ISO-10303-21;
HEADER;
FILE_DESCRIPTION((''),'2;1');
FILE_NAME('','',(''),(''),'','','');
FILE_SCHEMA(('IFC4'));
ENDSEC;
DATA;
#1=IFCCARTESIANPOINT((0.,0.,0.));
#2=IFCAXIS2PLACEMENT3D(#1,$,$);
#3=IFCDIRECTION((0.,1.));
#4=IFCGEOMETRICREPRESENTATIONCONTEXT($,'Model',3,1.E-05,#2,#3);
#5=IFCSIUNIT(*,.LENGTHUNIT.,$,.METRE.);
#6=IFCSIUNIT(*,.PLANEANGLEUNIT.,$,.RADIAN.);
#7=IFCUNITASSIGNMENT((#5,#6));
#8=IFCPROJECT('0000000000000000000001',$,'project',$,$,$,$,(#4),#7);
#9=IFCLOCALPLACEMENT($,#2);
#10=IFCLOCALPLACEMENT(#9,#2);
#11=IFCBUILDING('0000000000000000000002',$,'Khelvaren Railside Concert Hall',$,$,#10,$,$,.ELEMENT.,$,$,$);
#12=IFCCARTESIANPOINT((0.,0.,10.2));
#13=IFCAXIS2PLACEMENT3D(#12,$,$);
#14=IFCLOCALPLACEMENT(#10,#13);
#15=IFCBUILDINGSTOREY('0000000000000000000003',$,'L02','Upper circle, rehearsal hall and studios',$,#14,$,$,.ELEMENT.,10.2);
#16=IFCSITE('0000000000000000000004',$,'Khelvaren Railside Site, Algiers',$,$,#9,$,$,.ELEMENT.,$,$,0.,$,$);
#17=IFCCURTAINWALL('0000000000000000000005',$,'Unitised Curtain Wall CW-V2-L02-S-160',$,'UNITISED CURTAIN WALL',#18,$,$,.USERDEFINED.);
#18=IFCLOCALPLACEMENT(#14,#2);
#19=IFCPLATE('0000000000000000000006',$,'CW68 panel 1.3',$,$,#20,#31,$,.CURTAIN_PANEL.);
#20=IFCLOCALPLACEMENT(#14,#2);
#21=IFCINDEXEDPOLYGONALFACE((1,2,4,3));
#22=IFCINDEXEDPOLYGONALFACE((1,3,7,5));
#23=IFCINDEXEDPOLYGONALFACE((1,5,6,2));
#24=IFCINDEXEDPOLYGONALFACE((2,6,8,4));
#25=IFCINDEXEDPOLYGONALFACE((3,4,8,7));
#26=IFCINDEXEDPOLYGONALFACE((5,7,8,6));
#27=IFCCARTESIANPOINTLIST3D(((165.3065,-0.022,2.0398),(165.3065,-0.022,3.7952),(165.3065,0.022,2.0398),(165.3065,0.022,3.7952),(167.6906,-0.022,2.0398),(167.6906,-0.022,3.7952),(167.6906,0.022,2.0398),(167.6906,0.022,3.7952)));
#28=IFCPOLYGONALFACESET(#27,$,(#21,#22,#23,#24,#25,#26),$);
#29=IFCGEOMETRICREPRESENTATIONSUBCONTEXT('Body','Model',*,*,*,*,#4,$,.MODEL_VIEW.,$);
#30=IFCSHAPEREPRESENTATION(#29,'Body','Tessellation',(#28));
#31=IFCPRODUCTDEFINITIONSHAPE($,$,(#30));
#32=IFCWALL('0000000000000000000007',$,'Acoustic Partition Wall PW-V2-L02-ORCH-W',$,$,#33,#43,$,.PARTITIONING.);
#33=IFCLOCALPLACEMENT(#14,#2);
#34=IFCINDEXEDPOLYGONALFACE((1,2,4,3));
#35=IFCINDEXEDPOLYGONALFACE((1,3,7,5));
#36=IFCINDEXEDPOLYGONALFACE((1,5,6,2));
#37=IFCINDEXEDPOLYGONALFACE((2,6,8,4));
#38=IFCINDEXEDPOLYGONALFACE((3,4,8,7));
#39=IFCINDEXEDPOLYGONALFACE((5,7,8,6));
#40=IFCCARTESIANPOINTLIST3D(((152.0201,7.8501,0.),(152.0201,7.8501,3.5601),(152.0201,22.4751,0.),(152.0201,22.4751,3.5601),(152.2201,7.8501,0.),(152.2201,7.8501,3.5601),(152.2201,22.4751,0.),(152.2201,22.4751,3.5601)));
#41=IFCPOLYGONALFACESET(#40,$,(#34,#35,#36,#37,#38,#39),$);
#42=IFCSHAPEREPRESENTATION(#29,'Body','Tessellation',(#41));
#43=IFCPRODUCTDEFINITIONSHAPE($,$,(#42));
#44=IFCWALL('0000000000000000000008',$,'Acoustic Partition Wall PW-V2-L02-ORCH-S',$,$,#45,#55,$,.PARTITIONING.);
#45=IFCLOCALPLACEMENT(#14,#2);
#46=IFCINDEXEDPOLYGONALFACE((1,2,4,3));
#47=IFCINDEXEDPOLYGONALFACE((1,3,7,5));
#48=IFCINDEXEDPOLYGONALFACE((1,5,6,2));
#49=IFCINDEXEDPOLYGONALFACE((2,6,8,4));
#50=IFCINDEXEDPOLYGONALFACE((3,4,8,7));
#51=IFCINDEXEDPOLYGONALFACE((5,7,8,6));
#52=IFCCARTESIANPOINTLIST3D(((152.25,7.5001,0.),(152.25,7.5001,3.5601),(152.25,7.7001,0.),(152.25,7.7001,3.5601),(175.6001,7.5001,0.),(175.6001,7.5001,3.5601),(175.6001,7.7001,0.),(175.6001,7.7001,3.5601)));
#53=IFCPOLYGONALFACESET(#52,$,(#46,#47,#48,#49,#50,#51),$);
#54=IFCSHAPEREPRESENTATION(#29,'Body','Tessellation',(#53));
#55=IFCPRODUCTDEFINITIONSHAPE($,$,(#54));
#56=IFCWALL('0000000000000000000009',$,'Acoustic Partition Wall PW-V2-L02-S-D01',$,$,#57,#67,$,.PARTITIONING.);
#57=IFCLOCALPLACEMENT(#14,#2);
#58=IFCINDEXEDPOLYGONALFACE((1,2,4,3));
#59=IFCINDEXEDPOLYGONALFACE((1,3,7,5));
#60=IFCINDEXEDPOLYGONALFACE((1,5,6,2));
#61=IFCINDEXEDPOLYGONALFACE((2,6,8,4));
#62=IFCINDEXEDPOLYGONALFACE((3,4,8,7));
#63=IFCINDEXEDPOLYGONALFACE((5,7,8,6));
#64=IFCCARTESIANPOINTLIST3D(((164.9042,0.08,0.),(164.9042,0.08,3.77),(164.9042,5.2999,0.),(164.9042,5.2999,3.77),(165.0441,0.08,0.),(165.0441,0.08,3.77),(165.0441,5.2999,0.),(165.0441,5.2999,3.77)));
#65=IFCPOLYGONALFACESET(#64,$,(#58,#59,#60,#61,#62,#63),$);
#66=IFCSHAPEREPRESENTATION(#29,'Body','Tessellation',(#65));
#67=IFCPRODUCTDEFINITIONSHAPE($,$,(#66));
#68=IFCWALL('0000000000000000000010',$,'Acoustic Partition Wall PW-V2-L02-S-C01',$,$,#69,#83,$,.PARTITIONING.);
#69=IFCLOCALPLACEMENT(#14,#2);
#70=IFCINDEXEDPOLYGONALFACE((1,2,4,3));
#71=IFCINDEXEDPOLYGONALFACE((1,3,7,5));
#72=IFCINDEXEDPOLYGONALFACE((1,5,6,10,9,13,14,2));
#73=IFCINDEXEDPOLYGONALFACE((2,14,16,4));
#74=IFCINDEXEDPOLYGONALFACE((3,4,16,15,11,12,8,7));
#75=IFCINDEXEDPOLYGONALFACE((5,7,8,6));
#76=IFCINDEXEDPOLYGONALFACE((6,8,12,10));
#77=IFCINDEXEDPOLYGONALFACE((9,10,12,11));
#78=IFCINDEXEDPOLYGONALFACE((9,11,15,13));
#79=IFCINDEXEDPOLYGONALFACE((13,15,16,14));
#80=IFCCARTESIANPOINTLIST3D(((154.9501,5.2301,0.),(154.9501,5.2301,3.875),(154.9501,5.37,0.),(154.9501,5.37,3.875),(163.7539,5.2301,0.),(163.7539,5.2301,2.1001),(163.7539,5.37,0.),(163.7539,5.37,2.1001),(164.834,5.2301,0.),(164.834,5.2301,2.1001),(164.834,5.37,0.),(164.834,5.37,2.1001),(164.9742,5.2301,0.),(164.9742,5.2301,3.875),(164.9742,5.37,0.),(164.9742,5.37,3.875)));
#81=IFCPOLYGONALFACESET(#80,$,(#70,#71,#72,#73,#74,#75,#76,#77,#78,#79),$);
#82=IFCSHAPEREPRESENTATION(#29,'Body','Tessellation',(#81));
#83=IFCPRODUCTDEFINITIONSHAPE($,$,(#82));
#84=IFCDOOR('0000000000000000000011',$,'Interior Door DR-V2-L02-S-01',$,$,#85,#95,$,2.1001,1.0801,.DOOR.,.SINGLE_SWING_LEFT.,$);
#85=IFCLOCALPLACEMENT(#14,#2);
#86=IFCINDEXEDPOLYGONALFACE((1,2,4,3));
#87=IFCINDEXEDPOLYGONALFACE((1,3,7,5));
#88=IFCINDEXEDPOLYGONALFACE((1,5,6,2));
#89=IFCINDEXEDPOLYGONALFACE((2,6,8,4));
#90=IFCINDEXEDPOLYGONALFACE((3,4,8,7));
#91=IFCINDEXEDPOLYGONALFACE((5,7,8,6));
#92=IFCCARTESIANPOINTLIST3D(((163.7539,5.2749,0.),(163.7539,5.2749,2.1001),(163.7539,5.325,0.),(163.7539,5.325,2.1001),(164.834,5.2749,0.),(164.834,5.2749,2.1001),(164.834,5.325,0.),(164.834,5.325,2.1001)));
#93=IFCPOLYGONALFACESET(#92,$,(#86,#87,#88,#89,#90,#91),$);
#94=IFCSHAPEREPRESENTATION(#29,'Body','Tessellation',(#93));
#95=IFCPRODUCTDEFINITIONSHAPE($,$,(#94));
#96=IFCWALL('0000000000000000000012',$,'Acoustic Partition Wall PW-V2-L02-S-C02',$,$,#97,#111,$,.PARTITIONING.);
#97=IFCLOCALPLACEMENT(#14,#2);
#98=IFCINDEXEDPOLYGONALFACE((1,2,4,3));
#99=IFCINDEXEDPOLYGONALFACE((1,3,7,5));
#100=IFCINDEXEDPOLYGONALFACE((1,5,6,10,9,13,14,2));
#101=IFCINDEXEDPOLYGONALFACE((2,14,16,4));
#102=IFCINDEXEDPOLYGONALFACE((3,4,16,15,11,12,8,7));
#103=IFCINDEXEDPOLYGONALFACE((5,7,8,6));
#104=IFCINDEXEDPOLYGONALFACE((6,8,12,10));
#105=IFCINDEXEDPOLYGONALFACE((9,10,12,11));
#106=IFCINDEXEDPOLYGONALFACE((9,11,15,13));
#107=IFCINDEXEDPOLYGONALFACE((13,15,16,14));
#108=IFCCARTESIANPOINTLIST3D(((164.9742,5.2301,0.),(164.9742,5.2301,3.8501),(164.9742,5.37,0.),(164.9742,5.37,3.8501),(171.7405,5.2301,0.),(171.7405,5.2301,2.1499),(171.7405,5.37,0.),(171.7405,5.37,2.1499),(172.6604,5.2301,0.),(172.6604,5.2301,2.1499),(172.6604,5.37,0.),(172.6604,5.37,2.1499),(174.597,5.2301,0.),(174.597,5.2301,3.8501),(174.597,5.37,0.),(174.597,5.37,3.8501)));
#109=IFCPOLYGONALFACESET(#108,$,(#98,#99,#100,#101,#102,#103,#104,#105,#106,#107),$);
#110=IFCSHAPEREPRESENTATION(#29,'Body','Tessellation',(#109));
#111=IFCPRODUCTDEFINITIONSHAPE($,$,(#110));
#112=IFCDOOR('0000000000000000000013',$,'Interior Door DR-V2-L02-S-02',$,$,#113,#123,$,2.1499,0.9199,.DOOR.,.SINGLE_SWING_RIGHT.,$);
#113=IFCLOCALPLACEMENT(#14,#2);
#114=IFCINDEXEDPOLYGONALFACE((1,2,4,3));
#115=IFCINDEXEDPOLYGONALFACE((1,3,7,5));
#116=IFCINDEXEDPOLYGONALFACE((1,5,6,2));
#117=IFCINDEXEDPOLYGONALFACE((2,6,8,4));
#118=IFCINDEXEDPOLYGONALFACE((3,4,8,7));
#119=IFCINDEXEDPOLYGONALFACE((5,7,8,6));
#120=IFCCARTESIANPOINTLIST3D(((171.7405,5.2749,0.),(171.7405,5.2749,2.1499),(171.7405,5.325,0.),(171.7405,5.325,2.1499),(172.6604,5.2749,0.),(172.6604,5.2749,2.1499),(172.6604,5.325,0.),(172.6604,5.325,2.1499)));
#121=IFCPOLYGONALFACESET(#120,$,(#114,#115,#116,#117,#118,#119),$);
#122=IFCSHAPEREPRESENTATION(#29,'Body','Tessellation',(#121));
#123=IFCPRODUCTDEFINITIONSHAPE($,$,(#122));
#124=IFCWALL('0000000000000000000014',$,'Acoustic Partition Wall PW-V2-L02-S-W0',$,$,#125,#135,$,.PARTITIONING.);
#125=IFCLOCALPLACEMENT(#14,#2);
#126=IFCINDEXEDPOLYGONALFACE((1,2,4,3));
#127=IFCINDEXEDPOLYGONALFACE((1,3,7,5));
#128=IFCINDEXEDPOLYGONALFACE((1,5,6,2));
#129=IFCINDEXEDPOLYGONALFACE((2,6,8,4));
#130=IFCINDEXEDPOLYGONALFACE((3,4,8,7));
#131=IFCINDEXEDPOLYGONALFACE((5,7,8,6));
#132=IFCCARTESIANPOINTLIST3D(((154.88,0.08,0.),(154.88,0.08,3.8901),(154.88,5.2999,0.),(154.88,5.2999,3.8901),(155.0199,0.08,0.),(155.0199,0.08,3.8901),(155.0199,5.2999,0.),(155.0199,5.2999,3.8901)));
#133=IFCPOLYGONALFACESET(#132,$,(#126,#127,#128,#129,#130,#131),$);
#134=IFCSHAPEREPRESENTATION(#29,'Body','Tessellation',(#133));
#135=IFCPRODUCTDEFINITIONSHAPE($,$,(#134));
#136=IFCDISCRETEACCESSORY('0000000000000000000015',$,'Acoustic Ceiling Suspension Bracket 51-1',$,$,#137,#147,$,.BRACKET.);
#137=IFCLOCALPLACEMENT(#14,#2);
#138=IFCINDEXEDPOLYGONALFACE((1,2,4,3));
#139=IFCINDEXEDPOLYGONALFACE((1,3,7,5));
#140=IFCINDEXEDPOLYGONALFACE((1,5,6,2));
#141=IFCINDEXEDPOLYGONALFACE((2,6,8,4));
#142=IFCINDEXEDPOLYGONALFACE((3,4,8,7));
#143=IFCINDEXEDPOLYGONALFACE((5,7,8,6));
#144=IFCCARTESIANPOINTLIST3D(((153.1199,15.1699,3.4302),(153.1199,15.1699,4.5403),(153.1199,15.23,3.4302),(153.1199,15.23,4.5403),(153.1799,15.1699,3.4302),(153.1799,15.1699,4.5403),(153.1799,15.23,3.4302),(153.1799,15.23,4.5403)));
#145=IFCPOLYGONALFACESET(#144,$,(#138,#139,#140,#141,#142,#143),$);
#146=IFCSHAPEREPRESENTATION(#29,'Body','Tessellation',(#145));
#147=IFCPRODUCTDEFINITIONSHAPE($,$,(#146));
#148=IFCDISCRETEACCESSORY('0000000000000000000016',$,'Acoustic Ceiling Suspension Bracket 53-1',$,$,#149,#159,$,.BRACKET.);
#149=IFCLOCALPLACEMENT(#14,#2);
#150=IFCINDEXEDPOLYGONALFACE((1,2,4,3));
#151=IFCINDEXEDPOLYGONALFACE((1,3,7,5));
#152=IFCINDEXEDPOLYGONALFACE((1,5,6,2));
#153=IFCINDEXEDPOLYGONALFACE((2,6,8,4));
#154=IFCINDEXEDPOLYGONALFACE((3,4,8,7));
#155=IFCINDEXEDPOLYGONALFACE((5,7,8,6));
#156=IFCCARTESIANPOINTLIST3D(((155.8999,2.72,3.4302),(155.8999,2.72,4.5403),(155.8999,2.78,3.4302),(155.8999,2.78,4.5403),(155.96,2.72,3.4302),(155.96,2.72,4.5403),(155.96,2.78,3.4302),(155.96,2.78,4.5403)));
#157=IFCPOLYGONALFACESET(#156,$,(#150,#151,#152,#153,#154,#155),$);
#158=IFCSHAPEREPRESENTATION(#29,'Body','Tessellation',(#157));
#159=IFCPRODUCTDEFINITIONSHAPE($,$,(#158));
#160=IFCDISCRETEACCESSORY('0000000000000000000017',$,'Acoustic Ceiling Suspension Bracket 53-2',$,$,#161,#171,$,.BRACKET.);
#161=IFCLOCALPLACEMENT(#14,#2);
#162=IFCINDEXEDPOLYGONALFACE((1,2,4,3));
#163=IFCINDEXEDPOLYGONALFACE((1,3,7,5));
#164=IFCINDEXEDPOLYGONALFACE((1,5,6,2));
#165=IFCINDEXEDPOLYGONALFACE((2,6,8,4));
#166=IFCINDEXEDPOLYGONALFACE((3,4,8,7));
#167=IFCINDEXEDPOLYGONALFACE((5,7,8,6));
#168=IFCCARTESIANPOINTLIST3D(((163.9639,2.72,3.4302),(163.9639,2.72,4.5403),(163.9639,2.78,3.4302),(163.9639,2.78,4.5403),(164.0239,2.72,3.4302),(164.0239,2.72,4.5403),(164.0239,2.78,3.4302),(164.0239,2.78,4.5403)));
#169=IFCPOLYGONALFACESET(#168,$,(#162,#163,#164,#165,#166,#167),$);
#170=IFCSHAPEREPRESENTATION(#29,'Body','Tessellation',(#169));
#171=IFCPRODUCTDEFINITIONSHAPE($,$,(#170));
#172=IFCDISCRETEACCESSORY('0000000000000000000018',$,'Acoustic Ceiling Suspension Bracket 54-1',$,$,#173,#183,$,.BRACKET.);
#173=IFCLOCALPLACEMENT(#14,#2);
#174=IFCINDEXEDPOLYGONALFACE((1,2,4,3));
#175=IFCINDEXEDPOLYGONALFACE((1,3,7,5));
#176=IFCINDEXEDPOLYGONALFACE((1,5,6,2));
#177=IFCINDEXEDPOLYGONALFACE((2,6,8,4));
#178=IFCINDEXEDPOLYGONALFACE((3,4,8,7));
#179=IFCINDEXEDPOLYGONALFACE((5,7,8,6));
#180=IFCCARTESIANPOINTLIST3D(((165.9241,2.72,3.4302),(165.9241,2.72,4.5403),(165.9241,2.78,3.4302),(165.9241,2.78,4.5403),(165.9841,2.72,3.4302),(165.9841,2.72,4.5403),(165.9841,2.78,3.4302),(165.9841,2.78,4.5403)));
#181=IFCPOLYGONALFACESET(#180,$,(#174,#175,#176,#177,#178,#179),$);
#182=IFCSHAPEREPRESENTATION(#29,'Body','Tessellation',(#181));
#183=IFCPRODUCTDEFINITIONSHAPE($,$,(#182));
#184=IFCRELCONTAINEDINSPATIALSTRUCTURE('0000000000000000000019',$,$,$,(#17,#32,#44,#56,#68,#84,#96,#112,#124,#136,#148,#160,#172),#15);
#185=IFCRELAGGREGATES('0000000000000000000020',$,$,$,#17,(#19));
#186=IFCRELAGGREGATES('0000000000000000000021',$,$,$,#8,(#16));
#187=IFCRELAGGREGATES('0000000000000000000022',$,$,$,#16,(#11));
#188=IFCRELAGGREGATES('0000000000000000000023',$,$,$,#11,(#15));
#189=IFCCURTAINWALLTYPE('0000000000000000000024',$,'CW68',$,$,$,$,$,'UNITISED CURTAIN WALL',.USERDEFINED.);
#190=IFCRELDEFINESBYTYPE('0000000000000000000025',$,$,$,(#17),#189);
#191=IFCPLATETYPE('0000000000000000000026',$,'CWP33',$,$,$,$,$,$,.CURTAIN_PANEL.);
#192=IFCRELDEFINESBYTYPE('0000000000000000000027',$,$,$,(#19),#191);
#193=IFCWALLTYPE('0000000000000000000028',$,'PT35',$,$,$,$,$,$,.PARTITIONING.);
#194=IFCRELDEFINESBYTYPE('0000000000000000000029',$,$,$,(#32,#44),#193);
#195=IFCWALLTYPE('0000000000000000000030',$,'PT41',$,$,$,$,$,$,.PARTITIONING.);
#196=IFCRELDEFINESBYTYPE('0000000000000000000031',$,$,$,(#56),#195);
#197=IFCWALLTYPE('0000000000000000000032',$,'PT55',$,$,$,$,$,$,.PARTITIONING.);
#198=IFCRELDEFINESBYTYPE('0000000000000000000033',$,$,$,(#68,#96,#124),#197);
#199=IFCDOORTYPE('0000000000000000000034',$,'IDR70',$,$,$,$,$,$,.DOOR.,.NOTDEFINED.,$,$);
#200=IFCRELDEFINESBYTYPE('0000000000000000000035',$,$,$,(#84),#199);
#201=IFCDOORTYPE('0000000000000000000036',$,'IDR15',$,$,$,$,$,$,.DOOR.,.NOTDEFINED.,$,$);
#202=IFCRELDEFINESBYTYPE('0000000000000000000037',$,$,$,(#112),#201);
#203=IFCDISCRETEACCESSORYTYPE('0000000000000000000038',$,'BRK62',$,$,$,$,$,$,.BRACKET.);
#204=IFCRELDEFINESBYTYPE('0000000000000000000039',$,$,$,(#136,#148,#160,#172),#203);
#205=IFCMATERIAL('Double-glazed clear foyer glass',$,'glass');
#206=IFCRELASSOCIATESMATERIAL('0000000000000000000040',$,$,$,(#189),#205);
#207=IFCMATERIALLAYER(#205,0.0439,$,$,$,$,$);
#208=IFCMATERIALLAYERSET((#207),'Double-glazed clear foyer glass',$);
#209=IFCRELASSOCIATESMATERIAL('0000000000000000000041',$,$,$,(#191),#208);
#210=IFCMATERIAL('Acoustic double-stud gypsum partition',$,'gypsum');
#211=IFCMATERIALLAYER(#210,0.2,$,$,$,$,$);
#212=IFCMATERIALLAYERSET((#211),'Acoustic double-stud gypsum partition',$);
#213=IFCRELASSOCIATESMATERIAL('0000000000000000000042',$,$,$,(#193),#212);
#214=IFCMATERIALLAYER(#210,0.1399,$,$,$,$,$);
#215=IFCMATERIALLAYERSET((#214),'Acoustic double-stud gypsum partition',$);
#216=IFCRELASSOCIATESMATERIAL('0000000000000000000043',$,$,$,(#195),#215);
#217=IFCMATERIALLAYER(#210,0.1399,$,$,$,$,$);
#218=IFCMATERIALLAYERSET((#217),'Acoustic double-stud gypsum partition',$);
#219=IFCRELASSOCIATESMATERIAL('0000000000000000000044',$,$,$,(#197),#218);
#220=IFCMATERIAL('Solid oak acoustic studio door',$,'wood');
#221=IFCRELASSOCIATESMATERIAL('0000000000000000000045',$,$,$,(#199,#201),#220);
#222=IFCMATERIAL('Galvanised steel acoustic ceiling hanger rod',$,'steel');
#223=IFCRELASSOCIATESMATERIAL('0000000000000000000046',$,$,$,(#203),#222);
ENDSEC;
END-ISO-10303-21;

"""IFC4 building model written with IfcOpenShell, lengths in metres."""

from ifc_helpers import new_model, si_unit, direction, frame, frame_2d, origin, origin_2d, place, context, subcontext, project, spatial, rectangle, extrude, material, layer, layer_set, type_object, element, fill, aggregate, save


model = new_model("IFC4")

# Units and contexts
model_context = context("Model", 3, precision=1e-05, world=origin(), true_north=direction((0.0, 1.0)))
body_context = subcontext(model_context, "Body", "Model", "MODEL_VIEW")
ifc_project = project(units=[si_unit("LENGTHUNIT", "METRE"), si_unit("PLANEANGLEUNIT", "RADIAN")], contexts=[model_context])

# Site, building, storey
site_placement = place(None, origin())
site = spatial("IfcSite", under=ifc_project, at=site_placement, Name="Khelvaren Railside Site, Algiers", CompositionType="ELEMENT", RefElevation=0.0)
building_placement = place(site_placement, origin())
building = spatial("IfcBuilding", under=site, at=building_placement, Name="Khelvaren Railside Concert Hall", CompositionType="ELEMENT")
storey_placement = place(building_placement, frame((0.0, 0.0, 10.2)))
storey = spatial("IfcBuildingStorey", under=building, at=storey_placement, Name="L02", Description="Upper circle, rehearsal hall and studios", CompositionType="ELEMENT", Elevation=10.2)

# Curtain wall, plate
ifc_material_1 = material(Name="Double-glazed clear foyer glass", Category="glass")
curtain_wall_type = type_object("IfcCurtainWallType", Name="CW68", ElementType="UNITISED CURTAIN WALL", PredefinedType="USERDEFINED", material=ifc_material_1)
curtain_wall_placement = place(storey_placement, origin())
curtain_wall = element("IfcCurtainWall", 1, at=curtain_wall_placement, inside=storey, type_object=curtain_wall_type, Name="Unitised Curtain Wall CW-V2-L02-S-160", ObjectType="UNITISED CURTAIN WALL", PredefinedType="USERDEFINED")
ifc_layer_1 = layer(ifc_material_1, 0.0439)
ifc_layer_set_1 = layer_set([ifc_layer_1], Name="Double-glazed clear foyer glass")
plate_type = type_object("IfcPlateType", Name="CWP33", PredefinedType="CURTAIN_PANEL", material=ifc_layer_set_1)
plate_placement = place(storey_placement, frame((166.4985, 0.0, 2.0398), z_axis=(0.0, 0.0, 1.0), x_axis=(-1.0, 0.0, 0.0)))
plate = element("IfcPlate", 2, at=plate_placement, type_object=plate_type, Name="CW68 panel 1.3", PredefinedType="CURTAIN_PANEL", context=body_context, shape_type="SweptSolid", body=[
    extrude(rectangle(XDim=2.384, YDim=0.0439, at=origin_2d()), origin(), (0.0, 0.0, 1.0), 1.7554),
])
aggregate(curtain_wall, [plate])

# Walls
ifc_material_2 = material(Name="Acoustic double-stud gypsum partition", Category="gypsum")
ifc_layer_2 = layer(ifc_material_2, 0.2)
ifc_layer_set_2 = layer_set([ifc_layer_2], Name="Acoustic double-stud gypsum partition")
wall_type_1 = type_object("IfcWallType", Name="PT35", PredefinedType="PARTITIONING", material=ifc_layer_set_2)
wall_1_placement = place(storey_placement, frame((152.1201, 7.8501, 0.0), z_axis=(0.0, 0.0, 1.0), x_axis=(0.0, 1.0, 0.0)))
element("IfcWall", 3, at=wall_1_placement, inside=storey, type_object=wall_type_1, Name="Acoustic Partition Wall PW-V2-L02-ORCH-W", PredefinedType="PARTITIONING", context=body_context, shape_type="SweptSolid", body=[
    extrude(rectangle(XDim=14.625, YDim=0.2, at=frame_2d((7.3125, 0.0))), origin(), (0.0, 0.0, 1.0), 3.5601),
])
wall_2_placement = place(storey_placement, frame((152.25, 7.6001, 0.0), z_axis=(0.0, 0.0, 1.0), x_axis=(1.0, 0.0, 0.0)))
element("IfcWall", 4, at=wall_2_placement, inside=storey, type_object=wall_type_1, Name="Acoustic Partition Wall PW-V2-L02-ORCH-S", PredefinedType="PARTITIONING", context=body_context, shape_type="SweptSolid", body=[
    extrude(rectangle(XDim=23.3501, YDim=0.2, at=frame_2d((11.675, 0.0))), origin(), (0.0, 0.0, 1.0), 3.5601),
])
ifc_layer_3 = layer(ifc_material_2, 0.1399)
ifc_layer_set_3 = layer_set([ifc_layer_3], Name="Acoustic double-stud gypsum partition")
wall_type_2 = type_object("IfcWallType", Name="PT41", PredefinedType="PARTITIONING", material=ifc_layer_set_3)
wall_3_placement = place(storey_placement, frame((164.9741, 0.0801, 0.0), z_axis=(0.0, 0.0, 1.0), x_axis=(0.0, 1.0, 0.0)))
element("IfcWall", 5, at=wall_3_placement, inside=storey, type_object=wall_type_2, Name="Acoustic Partition Wall PW-V2-L02-S-D01", PredefinedType="PARTITIONING", context=body_context, shape_type="SweptSolid", body=[
    extrude(rectangle(XDim=5.22, YDim=0.1399, at=frame_2d((2.6099, 0.0))), origin(), (0.0, 0.0, 1.0), 3.77),
])

# Walls, openings, doors
ifc_layer_4 = layer(ifc_material_2, 0.1399)
ifc_layer_set_4 = layer_set([ifc_layer_4], Name="Acoustic double-stud gypsum partition")
wall_type_3 = type_object("IfcWallType", Name="PT55", PredefinedType="PARTITIONING", material=ifc_layer_set_4)
wall_4_placement = place(storey_placement, frame((154.95, 5.3, 0.0), z_axis=(0.0, 0.0, 1.0), x_axis=(1.0, 0.0, 0.0)))
wall_4 = element("IfcWall", 6, at=wall_4_placement, inside=storey, type_object=wall_type_3, Name="Acoustic Partition Wall PW-V2-L02-S-C01", PredefinedType="PARTITIONING", context=body_context, shape_type="SweptSolid", body=[
    extrude(rectangle(XDim=10.0242, YDim=0.1399, at=frame_2d((5.0122, 0.0))), origin(), (0.0, 0.0, 1.0), 3.875),
])
opening_1_placement = place(wall_4_placement, frame((8.804, 0.0, 0.0)))
opening_1 = element("IfcOpeningElement", 7, at=opening_1_placement, cuts=wall_4, PredefinedType="OPENING", context=body_context, shape_type="SweptSolid", body=[
    extrude(rectangle(XDim=1.0801, YDim=2.1001, at=frame_2d((0.54, 1.05))), frame((0.0, 0.0798, 0.0), z_axis=(0.0, -1.0, 0.0), x_axis=(1.0, 0.0, 0.0)), (0.0, 0.0, 1.0), 0.1599),
])
ifc_material_3 = material(Name="Solid oak acoustic studio door", Category="wood")
door_type_1 = type_object("IfcDoorType", Name="IDR70", OperationType="NOTDEFINED", PredefinedType="DOOR", material=ifc_material_3)
door_1_placement = place(opening_1_placement, origin())
door_1 = element("IfcDoor", 8, at=door_1_placement, inside=storey, type_object=door_type_1, Name="Interior Door DR-V2-L02-S-01", OperationType="SINGLE_SWING_LEFT", OverallHeight=2.1001, OverallWidth=1.0801, PredefinedType="DOOR", context=body_context, shape_type="SweptSolid", body=[
    extrude(rectangle(XDim=1.0801, YDim=2.1001, at=frame_2d((0.54, 1.05))), frame((0.0, 0.0249, 0.0), z_axis=(0.0, -1.0, 0.0), x_axis=(1.0, 0.0, 0.0)), (0.0, 0.0, 1.0), 0.05),
])
fill(opening_1, door_1)
wall_5_placement = place(storey_placement, frame((164.9741, 5.3, 0.0), z_axis=(0.0, 0.0, 1.0), x_axis=(1.0, 0.0, 0.0)))
wall_5 = element("IfcWall", 9, at=wall_5_placement, inside=storey, type_object=wall_type_3, Name="Acoustic Partition Wall PW-V2-L02-S-C02", PredefinedType="PARTITIONING", context=body_context, shape_type="SweptSolid", body=[
    extrude(rectangle(XDim=9.6228, YDim=0.1399, at=frame_2d((4.8115, 0.0))), origin(), (0.0, 0.0, 1.0), 3.8501),
])
opening_2_placement = place(wall_5_placement, frame((6.7664, 0.0, 0.0)))
opening_2 = element("IfcOpeningElement", 10, at=opening_2_placement, cuts=wall_5, PredefinedType="OPENING", context=body_context, shape_type="SweptSolid", body=[
    extrude(rectangle(XDim=0.9199, YDim=2.1499, at=frame_2d((0.46, 1.075))), frame((0.0, 0.0798, 0.0), z_axis=(0.0, -1.0, 0.0), x_axis=(1.0, 0.0, 0.0)), (0.0, 0.0, 1.0), 0.1599),
])
door_type_2 = type_object("IfcDoorType", Name="IDR15", OperationType="NOTDEFINED", PredefinedType="DOOR", material=ifc_material_3)
door_2_placement = place(opening_2_placement, origin())
door_2 = element("IfcDoor", 11, at=door_2_placement, inside=storey, type_object=door_type_2, Name="Interior Door DR-V2-L02-S-02", OperationType="SINGLE_SWING_RIGHT", OverallHeight=2.1499, OverallWidth=0.9199, PredefinedType="DOOR", context=body_context, shape_type="SweptSolid", body=[
    extrude(rectangle(XDim=0.9199, YDim=2.1499, at=frame_2d((0.46, 1.075))), frame((0.0, 0.0249, 0.0), z_axis=(0.0, -1.0, 0.0), x_axis=(1.0, 0.0, 0.0)), (0.0, 0.0, 1.0), 0.05),
])
fill(opening_2, door_2)

# Wall
wall_6_placement = place(storey_placement, frame((154.95, 0.0801, 0.0), z_axis=(0.0, 0.0, 1.0), x_axis=(0.0, 1.0, 0.0)))
element("IfcWall", 12, at=wall_6_placement, inside=storey, type_object=wall_type_3, Name="Acoustic Partition Wall PW-V2-L02-S-W0", PredefinedType="PARTITIONING", context=body_context, shape_type="SweptSolid", body=[
    extrude(rectangle(XDim=5.22, YDim=0.1399, at=frame_2d((2.6099, 0.0))), origin(), (0.0, 0.0, 1.0), 3.8901),
])

# Discrete accessories
ifc_material_4 = material(Name="Galvanised steel acoustic ceiling hanger rod", Category="steel")
discrete_accessory_type = type_object("IfcDiscreteAccessoryType", Name="BRK62", PredefinedType="BRACKET", material=ifc_material_4)
for number, where, z_axis, x_axis, name in (
    (13, (153.1499, 15.2, 3.4302), (0.0, 0.0, 1.0), (1.0, 0.0, 0.0), "Acoustic Ceiling Suspension Bracket 51-1"),
    (14, (155.9299, 2.75, 3.4302), (0.0, 0.0, 1.0), (1.0, 0.0, 0.0), "Acoustic Ceiling Suspension Bracket 53-1"),
    (15, (163.9939, 2.75, 3.4302), (0.0, 0.0, 1.0), (1.0, 0.0, 0.0), "Acoustic Ceiling Suspension Bracket 53-2"),
    (16, (165.9541, 2.75, 3.4302), (0.0, 0.0, 1.0), (1.0, 0.0, 0.0), "Acoustic Ceiling Suspension Bracket 54-1"),
):
    element("IfcDiscreteAccessory", number, at=place(storey_placement, frame(where, z_axis=z_axis, x_axis=x_axis)), inside=storey, type_object=discrete_accessory_type, Name=name, PredefinedType="BRACKET", context=body_context, shape_type="SweptSolid", body=[
        extrude(rectangle(XDim=0.0601, YDim=0.0601, at=origin_2d()), origin(), (0.0, 0.0, 1.0), 1.1101),
    ])

save(model, "model.ifc")
